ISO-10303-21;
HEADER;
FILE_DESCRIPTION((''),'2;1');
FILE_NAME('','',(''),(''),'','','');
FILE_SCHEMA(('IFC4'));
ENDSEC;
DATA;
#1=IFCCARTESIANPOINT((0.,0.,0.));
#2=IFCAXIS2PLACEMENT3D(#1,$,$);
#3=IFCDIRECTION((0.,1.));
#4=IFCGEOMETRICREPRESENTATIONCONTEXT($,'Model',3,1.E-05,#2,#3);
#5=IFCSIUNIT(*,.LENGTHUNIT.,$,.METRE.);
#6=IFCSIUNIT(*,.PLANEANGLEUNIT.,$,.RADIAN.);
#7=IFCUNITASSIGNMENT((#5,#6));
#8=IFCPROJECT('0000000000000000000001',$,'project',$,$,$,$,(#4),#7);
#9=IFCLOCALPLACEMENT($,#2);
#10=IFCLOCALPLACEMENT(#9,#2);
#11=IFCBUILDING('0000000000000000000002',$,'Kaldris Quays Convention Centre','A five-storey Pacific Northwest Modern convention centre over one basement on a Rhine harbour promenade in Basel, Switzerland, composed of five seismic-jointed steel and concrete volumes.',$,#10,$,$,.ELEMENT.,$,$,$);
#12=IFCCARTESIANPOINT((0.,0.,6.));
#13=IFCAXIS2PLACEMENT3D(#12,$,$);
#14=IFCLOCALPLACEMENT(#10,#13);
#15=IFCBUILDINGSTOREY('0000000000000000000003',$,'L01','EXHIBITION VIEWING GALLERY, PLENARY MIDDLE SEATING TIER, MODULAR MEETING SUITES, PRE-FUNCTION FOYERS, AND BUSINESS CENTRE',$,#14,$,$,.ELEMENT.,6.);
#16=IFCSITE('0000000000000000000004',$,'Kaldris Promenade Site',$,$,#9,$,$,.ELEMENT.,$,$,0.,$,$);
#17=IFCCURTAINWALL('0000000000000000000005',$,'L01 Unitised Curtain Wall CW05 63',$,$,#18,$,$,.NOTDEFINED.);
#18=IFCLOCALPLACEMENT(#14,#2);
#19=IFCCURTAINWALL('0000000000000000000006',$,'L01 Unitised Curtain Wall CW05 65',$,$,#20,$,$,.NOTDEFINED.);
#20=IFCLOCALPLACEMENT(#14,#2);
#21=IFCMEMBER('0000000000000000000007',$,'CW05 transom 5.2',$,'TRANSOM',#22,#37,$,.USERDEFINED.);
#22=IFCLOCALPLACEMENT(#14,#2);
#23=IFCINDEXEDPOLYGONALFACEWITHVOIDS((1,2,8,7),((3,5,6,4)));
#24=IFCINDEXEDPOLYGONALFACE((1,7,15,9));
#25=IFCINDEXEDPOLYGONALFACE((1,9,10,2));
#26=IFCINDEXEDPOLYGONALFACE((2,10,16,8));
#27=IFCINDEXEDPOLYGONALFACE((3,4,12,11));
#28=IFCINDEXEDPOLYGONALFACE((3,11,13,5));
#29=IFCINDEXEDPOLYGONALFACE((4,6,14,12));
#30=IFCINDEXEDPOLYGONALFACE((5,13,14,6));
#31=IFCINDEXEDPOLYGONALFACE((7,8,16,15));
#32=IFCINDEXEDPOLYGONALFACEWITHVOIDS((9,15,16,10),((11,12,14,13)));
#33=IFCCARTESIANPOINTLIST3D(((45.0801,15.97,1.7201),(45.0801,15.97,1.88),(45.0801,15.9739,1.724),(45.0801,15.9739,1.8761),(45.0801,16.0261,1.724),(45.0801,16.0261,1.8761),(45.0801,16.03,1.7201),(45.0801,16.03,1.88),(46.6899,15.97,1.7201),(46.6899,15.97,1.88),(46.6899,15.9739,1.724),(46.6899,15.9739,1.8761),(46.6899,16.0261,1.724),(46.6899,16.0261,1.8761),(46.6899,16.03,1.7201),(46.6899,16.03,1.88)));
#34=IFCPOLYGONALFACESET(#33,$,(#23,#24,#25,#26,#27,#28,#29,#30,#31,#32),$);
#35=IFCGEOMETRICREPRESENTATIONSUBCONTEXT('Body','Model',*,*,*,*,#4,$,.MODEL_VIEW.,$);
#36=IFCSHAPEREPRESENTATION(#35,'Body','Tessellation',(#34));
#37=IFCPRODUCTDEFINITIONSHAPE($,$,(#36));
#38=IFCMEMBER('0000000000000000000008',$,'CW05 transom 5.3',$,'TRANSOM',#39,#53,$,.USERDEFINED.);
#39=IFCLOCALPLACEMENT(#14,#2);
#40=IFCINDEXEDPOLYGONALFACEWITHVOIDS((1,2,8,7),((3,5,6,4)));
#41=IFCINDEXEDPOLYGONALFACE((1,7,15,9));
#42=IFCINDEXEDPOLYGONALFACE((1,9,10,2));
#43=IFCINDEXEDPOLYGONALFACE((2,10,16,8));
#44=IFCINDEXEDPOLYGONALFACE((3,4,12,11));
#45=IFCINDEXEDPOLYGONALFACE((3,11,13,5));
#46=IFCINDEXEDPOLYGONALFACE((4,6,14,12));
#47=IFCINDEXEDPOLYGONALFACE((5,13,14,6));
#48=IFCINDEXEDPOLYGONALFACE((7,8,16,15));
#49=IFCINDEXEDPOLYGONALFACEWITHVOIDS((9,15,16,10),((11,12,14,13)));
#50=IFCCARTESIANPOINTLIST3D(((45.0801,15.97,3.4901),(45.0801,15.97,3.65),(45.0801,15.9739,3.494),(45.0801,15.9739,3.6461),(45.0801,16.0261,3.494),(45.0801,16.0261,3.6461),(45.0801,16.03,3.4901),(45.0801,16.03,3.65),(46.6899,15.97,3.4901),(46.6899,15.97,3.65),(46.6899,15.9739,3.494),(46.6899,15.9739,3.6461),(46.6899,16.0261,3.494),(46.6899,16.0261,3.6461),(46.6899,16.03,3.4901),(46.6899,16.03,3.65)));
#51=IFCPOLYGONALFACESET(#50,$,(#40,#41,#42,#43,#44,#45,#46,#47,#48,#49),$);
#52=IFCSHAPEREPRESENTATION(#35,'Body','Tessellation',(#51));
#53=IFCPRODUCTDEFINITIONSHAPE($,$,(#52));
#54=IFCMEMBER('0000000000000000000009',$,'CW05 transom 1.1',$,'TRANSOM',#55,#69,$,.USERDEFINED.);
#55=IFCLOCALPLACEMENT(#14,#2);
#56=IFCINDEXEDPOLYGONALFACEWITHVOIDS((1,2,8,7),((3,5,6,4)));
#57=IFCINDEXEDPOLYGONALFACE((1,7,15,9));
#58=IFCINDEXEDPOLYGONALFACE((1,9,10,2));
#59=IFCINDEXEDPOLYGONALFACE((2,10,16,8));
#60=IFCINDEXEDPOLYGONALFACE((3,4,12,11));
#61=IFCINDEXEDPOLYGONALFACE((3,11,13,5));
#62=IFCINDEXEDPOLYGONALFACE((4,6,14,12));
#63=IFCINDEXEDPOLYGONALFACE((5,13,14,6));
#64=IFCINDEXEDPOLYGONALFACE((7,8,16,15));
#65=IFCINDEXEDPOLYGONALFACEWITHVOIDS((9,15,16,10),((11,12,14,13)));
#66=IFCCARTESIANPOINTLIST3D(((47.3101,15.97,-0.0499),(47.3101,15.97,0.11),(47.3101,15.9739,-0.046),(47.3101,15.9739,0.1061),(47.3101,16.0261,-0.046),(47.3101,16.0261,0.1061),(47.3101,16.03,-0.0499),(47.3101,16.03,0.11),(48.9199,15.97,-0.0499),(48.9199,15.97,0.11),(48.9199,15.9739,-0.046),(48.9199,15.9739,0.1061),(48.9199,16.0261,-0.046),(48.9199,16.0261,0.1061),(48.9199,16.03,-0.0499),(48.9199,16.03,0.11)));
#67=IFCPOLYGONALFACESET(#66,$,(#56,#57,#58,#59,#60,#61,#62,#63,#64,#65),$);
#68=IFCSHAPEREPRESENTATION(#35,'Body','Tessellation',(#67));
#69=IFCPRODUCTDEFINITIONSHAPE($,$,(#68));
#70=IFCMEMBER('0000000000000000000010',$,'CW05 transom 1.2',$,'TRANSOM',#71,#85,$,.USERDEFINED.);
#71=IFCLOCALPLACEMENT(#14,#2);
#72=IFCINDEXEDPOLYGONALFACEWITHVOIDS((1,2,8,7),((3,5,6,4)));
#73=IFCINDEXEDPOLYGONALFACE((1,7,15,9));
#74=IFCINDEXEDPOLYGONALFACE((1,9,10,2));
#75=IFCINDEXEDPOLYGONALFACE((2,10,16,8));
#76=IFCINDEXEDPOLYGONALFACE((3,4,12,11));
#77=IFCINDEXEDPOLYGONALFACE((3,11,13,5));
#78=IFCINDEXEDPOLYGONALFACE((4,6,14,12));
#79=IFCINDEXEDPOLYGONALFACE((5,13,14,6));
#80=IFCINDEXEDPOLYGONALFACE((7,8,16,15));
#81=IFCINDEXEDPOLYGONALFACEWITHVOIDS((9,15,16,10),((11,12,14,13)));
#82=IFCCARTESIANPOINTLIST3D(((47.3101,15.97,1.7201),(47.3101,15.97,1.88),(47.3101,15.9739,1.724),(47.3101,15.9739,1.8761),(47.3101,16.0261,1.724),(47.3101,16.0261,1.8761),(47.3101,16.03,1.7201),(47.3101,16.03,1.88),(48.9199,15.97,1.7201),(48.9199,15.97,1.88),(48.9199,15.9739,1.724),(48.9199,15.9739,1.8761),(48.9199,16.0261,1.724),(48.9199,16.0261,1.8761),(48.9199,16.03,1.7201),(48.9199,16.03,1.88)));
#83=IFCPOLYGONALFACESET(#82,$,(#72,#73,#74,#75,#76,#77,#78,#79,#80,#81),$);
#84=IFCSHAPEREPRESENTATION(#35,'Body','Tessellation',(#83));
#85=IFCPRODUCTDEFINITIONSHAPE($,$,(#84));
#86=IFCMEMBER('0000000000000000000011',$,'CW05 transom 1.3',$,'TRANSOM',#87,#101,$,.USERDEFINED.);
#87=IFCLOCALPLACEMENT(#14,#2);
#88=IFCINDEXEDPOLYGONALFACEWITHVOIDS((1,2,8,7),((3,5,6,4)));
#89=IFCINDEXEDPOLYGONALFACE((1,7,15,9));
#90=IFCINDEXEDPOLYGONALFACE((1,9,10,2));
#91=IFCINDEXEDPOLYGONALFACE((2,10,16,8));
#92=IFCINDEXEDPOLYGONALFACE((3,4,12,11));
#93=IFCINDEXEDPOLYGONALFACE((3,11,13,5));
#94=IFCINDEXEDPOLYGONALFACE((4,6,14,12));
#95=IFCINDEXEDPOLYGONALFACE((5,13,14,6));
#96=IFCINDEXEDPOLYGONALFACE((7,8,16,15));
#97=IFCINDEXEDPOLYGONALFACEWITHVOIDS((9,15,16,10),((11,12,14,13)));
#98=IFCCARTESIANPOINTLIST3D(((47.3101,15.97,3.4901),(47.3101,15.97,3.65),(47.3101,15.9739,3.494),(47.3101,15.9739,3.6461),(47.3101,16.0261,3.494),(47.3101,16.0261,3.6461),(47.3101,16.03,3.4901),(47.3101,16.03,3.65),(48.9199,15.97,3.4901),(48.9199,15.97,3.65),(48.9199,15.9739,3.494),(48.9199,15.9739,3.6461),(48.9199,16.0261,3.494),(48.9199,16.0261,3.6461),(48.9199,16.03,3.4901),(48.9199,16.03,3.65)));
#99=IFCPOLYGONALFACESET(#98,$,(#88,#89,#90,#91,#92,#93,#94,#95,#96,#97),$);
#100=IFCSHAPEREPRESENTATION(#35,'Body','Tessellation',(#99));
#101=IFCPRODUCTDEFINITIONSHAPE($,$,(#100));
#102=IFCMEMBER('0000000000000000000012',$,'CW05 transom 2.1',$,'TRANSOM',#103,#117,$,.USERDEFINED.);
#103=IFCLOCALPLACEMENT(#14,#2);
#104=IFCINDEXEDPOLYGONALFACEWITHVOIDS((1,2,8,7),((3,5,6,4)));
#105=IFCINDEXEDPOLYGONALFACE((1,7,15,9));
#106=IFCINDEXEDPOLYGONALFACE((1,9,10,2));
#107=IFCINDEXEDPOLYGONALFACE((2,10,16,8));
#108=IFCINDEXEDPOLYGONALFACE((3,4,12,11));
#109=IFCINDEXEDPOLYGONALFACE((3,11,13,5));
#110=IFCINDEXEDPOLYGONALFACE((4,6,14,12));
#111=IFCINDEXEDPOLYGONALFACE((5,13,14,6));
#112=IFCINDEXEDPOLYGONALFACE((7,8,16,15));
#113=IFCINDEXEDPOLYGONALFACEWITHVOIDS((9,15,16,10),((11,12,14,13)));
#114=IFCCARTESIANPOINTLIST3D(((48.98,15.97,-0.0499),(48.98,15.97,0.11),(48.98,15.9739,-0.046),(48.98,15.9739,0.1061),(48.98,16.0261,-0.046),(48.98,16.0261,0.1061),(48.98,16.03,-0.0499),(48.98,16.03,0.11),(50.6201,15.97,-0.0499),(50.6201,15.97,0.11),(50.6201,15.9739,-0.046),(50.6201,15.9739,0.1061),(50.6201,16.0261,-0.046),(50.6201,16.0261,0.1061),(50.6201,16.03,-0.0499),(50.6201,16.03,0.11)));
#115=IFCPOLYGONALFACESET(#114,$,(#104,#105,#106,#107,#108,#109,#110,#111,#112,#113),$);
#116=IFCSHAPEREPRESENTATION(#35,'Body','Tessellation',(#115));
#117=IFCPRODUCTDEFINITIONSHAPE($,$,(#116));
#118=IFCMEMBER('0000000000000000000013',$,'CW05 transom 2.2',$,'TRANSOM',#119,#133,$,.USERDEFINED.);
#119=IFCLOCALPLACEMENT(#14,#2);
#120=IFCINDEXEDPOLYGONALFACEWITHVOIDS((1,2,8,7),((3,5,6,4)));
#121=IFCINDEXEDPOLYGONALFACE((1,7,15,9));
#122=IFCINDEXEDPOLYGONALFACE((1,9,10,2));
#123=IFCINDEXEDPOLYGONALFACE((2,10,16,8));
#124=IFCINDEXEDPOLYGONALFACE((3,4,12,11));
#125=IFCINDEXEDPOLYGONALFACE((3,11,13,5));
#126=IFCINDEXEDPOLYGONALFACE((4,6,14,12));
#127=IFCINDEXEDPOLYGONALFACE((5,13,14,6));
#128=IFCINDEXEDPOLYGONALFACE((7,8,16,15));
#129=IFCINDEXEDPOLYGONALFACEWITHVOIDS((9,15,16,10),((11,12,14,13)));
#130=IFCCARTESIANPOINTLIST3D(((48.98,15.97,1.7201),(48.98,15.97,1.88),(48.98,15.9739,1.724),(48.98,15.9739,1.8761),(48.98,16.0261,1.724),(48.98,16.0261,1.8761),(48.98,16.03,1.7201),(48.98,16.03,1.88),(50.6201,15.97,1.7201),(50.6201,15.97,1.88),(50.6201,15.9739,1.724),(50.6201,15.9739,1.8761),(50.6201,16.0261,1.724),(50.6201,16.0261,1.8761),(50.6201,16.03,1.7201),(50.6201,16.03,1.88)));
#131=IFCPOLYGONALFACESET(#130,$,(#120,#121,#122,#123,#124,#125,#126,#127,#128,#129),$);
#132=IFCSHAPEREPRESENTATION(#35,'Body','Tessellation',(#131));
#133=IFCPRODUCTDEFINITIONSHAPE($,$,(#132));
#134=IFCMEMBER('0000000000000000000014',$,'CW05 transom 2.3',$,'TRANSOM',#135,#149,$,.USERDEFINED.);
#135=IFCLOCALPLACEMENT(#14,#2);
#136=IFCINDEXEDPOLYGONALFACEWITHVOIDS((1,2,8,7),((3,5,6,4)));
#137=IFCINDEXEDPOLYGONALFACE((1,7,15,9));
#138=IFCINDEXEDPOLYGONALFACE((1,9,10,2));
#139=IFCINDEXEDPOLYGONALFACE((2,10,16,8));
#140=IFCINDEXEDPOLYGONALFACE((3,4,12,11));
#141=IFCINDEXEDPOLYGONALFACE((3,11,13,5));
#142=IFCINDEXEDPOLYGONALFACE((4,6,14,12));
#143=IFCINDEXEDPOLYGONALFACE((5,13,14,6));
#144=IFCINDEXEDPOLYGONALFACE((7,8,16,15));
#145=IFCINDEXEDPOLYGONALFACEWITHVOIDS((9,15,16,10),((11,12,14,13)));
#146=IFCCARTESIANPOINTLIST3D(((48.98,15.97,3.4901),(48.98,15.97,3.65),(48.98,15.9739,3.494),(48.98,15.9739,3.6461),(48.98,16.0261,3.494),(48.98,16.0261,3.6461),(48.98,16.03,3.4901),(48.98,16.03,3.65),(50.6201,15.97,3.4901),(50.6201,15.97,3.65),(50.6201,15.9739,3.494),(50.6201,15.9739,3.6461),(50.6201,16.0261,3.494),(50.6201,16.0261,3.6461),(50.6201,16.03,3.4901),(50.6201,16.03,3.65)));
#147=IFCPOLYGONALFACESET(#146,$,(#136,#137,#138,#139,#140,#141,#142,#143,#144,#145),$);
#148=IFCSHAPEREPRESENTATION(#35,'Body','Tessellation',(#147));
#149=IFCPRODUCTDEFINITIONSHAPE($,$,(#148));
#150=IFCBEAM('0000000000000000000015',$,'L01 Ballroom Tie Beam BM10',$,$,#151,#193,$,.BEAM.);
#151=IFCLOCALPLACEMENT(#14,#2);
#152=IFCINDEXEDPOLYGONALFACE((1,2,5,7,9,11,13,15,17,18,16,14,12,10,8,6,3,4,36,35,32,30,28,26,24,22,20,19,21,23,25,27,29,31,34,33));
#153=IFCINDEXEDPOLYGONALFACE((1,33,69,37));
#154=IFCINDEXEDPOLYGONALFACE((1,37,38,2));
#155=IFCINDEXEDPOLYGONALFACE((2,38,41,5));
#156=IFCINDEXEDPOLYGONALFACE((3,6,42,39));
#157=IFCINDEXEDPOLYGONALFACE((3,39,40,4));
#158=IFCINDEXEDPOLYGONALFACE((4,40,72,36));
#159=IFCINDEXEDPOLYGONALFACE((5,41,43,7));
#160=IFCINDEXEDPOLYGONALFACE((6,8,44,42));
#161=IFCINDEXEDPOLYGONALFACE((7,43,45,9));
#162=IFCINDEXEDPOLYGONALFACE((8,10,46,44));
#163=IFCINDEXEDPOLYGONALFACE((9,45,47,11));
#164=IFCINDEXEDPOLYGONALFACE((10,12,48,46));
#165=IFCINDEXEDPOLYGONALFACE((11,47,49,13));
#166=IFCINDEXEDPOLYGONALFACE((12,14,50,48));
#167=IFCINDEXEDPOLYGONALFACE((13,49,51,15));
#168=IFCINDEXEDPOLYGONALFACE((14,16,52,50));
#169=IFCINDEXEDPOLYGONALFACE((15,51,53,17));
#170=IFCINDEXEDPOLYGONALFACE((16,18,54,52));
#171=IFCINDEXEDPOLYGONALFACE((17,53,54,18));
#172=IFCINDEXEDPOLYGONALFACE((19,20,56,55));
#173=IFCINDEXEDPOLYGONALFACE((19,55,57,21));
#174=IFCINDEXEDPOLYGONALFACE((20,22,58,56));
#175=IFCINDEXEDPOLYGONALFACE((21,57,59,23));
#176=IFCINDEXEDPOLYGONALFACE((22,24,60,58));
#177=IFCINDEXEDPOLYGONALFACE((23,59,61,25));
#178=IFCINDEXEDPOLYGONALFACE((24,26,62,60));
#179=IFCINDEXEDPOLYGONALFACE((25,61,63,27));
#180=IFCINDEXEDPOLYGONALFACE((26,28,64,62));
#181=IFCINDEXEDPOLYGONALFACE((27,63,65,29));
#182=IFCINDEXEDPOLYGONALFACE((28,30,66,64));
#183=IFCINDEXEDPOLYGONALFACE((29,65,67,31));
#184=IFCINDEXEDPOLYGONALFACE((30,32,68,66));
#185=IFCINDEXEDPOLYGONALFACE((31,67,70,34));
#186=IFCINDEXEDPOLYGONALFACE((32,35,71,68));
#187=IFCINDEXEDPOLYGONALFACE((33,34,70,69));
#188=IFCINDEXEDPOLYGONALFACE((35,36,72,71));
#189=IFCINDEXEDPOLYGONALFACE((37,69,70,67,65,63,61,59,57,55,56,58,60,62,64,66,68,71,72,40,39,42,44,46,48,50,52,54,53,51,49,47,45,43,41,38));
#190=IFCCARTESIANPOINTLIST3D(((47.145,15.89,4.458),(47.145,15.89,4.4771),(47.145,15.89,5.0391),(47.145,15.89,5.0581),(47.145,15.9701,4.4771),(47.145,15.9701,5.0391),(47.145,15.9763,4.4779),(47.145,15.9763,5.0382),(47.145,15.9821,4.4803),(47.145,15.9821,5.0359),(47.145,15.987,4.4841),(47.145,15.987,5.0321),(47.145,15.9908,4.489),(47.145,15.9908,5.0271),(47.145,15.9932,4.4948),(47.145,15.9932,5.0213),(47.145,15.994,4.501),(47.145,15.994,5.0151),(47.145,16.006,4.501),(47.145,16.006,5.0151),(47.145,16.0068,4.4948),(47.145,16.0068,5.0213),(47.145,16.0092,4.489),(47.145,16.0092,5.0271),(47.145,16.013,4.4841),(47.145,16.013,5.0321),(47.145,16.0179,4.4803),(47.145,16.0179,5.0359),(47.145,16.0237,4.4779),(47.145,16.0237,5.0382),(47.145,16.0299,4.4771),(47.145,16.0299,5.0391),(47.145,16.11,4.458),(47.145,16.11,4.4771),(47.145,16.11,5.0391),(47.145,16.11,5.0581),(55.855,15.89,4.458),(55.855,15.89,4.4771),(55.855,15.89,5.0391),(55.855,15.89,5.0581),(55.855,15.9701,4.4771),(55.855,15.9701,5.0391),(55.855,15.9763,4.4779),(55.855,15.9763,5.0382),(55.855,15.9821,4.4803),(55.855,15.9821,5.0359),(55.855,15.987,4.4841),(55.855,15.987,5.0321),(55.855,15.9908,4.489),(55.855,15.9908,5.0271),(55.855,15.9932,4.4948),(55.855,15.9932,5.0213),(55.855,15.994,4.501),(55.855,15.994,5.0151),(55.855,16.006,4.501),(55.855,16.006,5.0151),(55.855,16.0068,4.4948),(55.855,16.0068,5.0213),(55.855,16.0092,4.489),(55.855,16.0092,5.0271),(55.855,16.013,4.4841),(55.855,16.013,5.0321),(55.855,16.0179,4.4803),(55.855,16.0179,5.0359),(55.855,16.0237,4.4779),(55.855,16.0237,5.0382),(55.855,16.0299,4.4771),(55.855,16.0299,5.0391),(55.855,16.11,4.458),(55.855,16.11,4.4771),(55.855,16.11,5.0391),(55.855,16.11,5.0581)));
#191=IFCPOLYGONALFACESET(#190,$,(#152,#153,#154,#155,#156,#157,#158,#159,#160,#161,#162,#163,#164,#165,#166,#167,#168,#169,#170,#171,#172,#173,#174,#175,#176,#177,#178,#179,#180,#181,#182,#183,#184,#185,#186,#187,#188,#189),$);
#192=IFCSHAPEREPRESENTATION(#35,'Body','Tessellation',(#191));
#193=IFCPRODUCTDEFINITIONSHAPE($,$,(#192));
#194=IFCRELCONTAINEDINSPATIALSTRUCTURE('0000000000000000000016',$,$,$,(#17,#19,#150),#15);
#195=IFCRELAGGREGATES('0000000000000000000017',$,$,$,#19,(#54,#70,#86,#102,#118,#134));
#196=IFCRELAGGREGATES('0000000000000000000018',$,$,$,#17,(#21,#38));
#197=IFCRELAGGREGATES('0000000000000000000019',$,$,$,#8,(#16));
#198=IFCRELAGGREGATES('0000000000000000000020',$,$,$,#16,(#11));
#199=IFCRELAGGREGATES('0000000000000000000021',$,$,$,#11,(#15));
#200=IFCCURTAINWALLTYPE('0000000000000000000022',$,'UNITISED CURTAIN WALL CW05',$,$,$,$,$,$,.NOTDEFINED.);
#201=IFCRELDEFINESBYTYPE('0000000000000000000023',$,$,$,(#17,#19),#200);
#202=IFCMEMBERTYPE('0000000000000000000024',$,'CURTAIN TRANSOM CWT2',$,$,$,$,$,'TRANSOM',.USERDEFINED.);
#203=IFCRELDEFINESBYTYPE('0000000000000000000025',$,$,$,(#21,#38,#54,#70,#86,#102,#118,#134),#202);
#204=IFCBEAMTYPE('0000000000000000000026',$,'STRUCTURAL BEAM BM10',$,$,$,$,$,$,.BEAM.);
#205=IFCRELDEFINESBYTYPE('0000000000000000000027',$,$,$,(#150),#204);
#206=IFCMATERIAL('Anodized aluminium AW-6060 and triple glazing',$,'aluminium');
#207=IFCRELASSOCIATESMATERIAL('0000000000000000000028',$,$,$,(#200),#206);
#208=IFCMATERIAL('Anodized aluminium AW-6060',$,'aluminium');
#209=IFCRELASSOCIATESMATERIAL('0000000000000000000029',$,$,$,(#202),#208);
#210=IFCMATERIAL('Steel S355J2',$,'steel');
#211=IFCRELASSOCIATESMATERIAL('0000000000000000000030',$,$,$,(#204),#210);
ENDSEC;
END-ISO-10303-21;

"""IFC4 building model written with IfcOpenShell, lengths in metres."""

from ifc_helpers import new_model, si_unit, direction, frame, origin, origin_2d, place, context, subcontext, project, spatial, hollow_rectangle, i_section, extrude, material, material_profile, profile_set, type_object, element, aggregate, save


model = new_model("IFC4")

# Units and contexts
model_context = context("Model", 3, precision=1e-05, world=origin(), true_north=direction((0.0, 1.0)))
body_context = subcontext(model_context, "Body", "Model", "MODEL_VIEW")
ifc_project = project(units=[si_unit("LENGTHUNIT", "METRE"), si_unit("PLANEANGLEUNIT", "RADIAN")], contexts=[model_context])

# Site, building, storey
site_placement = place(None, origin())
site = spatial("IfcSite", under=ifc_project, at=site_placement, Name="Kaldris Promenade Site", CompositionType="ELEMENT", RefElevation=0.0)
building_placement = place(site_placement, origin())
building = spatial("IfcBuilding", under=site, at=building_placement, Name="Kaldris Quays Convention Centre", Description="A five-storey Pacific Northwest Modern convention centre over one basement on a Rhine harbour promenade in Basel, Switzerland, composed of five seismic-jointed steel and concrete volumes.", CompositionType="ELEMENT")
storey_placement = place(building_placement, frame((0.0, 0.0, 6.0)))
storey = spatial("IfcBuildingStorey", under=building, at=storey_placement, Name="L01", Description="EXHIBITION VIEWING GALLERY, PLENARY MIDDLE SEATING TIER, MODULAR MEETING SUITES, PRE-FUNCTION FOYERS, AND BUSINESS CENTRE", CompositionType="ELEMENT", Elevation=6.0)

# Curtain walls
ifc_material_1 = material(Name="Anodized aluminium AW-6060 and triple glazing", Category="aluminium")
curtain_wall_type = type_object("IfcCurtainWallType", Name="UNITISED CURTAIN WALL CW05", PredefinedType="NOTDEFINED", material=ifc_material_1)
curtain_wall_1_placement = place(storey_placement, origin())
curtain_wall_1 = element("IfcCurtainWall", 1, at=curtain_wall_1_placement, inside=storey, type_object=curtain_wall_type, Name="L01 Unitised Curtain Wall CW05 63", PredefinedType="NOTDEFINED")
ifc_material_2 = material(Name="Anodized aluminium AW-6060", Category="aluminium")
curtain_wall_2_placement = place(storey_placement, origin())
curtain_wall_2 = element("IfcCurtainWall", 2, at=curtain_wall_2_placement, inside=storey, type_object=curtain_wall_type, Name="L01 Unitised Curtain Wall CW05 65", PredefinedType="NOTDEFINED")

# Members
ifc_material_profile_1 = material_profile(ifc_material_2, hollow_rectangle(XDim=0.0601, YDim=0.1599, WallThickness=0.0039, at=origin_2d()), Name="RHS 160x60x4")
ifc_profile_set_1 = profile_set([ifc_material_profile_1], Name="Anodized aluminium AW-6060")
member_type_1 = type_object("IfcMemberType", Name="CURTAIN TRANSOM CWT2", ElementType="TRANSOM", PredefinedType="USERDEFINED", material=ifc_profile_set_1)
member_1_placement = place(storey_placement, frame((45.0801, 16.0, 1.8), z_axis=(1.0, 0.0, 0.0), x_axis=(0.0, 1.0, 0.0)))
member_1 = element("IfcMember", 3, at=member_1_placement, type_object=member_type_1, Name="CW05 transom 5.2", ObjectType="TRANSOM", PredefinedType="USERDEFINED", context=body_context, shape_type="SweptSolid", body=[
    extrude(hollow_rectangle(XDim=0.0601, YDim=0.1599, WallThickness=0.0039, at=origin_2d()), origin(), (0.0, 0.0, 1.0), 1.6099),
])
member_2_placement = place(storey_placement, frame((45.0801, 16.0, 3.5701), z_axis=(1.0, 0.0, 0.0), x_axis=(0.0, 1.0, 0.0)))
member_2 = element("IfcMember", 4, at=member_2_placement, type_object=member_type_1, Name="CW05 transom 5.3", ObjectType="TRANSOM", PredefinedType="USERDEFINED", context=body_context, shape_type="SweptSolid", body=[
    extrude(hollow_rectangle(XDim=0.0601, YDim=0.1599, WallThickness=0.0039, at=origin_2d()), origin(), (0.0, 0.0, 1.0), 1.6099),
])
member_3_placement = place(storey_placement, frame((47.3101, 16.0, 0.03), z_axis=(1.0, 0.0, 0.0), x_axis=(0.0, 1.0, 0.0)))
member_3 = element("IfcMember", 5, at=member_3_placement, type_object=member_type_1, Name="CW05 transom 1.1", ObjectType="TRANSOM", PredefinedType="USERDEFINED", context=body_context, shape_type="SweptSolid", body=[
    extrude(hollow_rectangle(XDim=0.0601, YDim=0.1599, WallThickness=0.0039, at=origin_2d()), origin(), (0.0, 0.0, 1.0), 1.6099),
])
member_4_placement = place(storey_placement, frame((47.3101, 16.0, 1.8), z_axis=(1.0, 0.0, 0.0), x_axis=(0.0, 1.0, 0.0)))
member_4 = element("IfcMember", 6, at=member_4_placement, type_object=member_type_1, Name="CW05 transom 1.2", ObjectType="TRANSOM", PredefinedType="USERDEFINED", context=body_context, shape_type="SweptSolid", body=[
    extrude(hollow_rectangle(XDim=0.0601, YDim=0.1599, WallThickness=0.0039, at=origin_2d()), origin(), (0.0, 0.0, 1.0), 1.6099),
])
member_5_placement = place(storey_placement, frame((47.3101, 16.0, 3.5701), z_axis=(1.0, 0.0, 0.0), x_axis=(0.0, 1.0, 0.0)))
member_5 = element("IfcMember", 7, at=member_5_placement, type_object=member_type_1, Name="CW05 transom 1.3", ObjectType="TRANSOM", PredefinedType="USERDEFINED", context=body_context, shape_type="SweptSolid", body=[
    extrude(hollow_rectangle(XDim=0.0601, YDim=0.1599, WallThickness=0.0039, at=origin_2d()), origin(), (0.0, 0.0, 1.0), 1.6099),
])
member_6_placement = place(storey_placement, frame((48.98, 16.0, 0.03), z_axis=(1.0, 0.0, 0.0), x_axis=(0.0, 1.0, 0.0)))
member_6 = element("IfcMember", 8, at=member_6_placement, type_object=member_type_1, Name="CW05 transom 2.1", ObjectType="TRANSOM", PredefinedType="USERDEFINED", context=body_context, shape_type="SweptSolid", body=[
    extrude(hollow_rectangle(XDim=0.0601, YDim=0.1599, WallThickness=0.0039, at=origin_2d()), origin(), (0.0, 0.0, 1.0), 1.6401),
])
member_7_placement = place(storey_placement, frame((48.98, 16.0, 1.8), z_axis=(1.0, 0.0, 0.0), x_axis=(0.0, 1.0, 0.0)))
member_7 = element("IfcMember", 9, at=member_7_placement, type_object=member_type_1, Name="CW05 transom 2.2", ObjectType="TRANSOM", PredefinedType="USERDEFINED", context=body_context, shape_type="SweptSolid", body=[
    extrude(hollow_rectangle(XDim=0.0601, YDim=0.1599, WallThickness=0.0039, at=origin_2d()), origin(), (0.0, 0.0, 1.0), 1.6401),
])
member_8_placement = place(storey_placement, frame((48.98, 16.0, 3.5701), z_axis=(1.0, 0.0, 0.0), x_axis=(0.0, 1.0, 0.0)))
member_8 = element("IfcMember", 10, at=member_8_placement, type_object=member_type_1, Name="CW05 transom 2.3", ObjectType="TRANSOM", PredefinedType="USERDEFINED", context=body_context, shape_type="SweptSolid", body=[
    extrude(hollow_rectangle(XDim=0.0601, YDim=0.1599, WallThickness=0.0039, at=origin_2d()), origin(), (0.0, 0.0, 1.0), 1.6401),
])

# Beam
ifc_material_3 = material(Name="Steel S355J2", Category="steel")
ifc_material_profile_2 = material_profile(ifc_material_3, i_section(OverallWidth=0.22, OverallDepth=0.6001, WebThickness=0.012, FlangeThickness=0.019, FilletRadius=0.0239, at=origin_2d()), Name="IPE 600")
ifc_profile_set_2 = profile_set([ifc_material_profile_2], Name="Steel S355J2")
beam_type = type_object("IfcBeamType", Name="STRUCTURAL BEAM BM10", PredefinedType="BEAM", material=ifc_profile_set_2)
beam_placement = place(storey_placement, frame((47.145, 16.0, 4.7581), z_axis=(1.0, 0.0, 0.0), x_axis=(0.0, 1.0, 0.0)))
element("IfcBeam", 11, at=beam_placement, inside=storey, type_object=beam_type, Name="L01 Ballroom Tie Beam BM10", PredefinedType="BEAM", context=body_context, shape_type="SweptSolid", body=[
    extrude(i_section(OverallWidth=0.22, OverallDepth=0.6001, WebThickness=0.012, FlangeThickness=0.019, FilletRadius=0.0239, at=origin_2d()), origin(), (0.0, 0.0, 1.0), 8.71),
])

aggregate(curtain_wall_2, [member_3, member_4, member_5, member_6, member_7, member_8])
aggregate(curtain_wall_1, [member_1, member_2])

save(model, "model.ifc")
